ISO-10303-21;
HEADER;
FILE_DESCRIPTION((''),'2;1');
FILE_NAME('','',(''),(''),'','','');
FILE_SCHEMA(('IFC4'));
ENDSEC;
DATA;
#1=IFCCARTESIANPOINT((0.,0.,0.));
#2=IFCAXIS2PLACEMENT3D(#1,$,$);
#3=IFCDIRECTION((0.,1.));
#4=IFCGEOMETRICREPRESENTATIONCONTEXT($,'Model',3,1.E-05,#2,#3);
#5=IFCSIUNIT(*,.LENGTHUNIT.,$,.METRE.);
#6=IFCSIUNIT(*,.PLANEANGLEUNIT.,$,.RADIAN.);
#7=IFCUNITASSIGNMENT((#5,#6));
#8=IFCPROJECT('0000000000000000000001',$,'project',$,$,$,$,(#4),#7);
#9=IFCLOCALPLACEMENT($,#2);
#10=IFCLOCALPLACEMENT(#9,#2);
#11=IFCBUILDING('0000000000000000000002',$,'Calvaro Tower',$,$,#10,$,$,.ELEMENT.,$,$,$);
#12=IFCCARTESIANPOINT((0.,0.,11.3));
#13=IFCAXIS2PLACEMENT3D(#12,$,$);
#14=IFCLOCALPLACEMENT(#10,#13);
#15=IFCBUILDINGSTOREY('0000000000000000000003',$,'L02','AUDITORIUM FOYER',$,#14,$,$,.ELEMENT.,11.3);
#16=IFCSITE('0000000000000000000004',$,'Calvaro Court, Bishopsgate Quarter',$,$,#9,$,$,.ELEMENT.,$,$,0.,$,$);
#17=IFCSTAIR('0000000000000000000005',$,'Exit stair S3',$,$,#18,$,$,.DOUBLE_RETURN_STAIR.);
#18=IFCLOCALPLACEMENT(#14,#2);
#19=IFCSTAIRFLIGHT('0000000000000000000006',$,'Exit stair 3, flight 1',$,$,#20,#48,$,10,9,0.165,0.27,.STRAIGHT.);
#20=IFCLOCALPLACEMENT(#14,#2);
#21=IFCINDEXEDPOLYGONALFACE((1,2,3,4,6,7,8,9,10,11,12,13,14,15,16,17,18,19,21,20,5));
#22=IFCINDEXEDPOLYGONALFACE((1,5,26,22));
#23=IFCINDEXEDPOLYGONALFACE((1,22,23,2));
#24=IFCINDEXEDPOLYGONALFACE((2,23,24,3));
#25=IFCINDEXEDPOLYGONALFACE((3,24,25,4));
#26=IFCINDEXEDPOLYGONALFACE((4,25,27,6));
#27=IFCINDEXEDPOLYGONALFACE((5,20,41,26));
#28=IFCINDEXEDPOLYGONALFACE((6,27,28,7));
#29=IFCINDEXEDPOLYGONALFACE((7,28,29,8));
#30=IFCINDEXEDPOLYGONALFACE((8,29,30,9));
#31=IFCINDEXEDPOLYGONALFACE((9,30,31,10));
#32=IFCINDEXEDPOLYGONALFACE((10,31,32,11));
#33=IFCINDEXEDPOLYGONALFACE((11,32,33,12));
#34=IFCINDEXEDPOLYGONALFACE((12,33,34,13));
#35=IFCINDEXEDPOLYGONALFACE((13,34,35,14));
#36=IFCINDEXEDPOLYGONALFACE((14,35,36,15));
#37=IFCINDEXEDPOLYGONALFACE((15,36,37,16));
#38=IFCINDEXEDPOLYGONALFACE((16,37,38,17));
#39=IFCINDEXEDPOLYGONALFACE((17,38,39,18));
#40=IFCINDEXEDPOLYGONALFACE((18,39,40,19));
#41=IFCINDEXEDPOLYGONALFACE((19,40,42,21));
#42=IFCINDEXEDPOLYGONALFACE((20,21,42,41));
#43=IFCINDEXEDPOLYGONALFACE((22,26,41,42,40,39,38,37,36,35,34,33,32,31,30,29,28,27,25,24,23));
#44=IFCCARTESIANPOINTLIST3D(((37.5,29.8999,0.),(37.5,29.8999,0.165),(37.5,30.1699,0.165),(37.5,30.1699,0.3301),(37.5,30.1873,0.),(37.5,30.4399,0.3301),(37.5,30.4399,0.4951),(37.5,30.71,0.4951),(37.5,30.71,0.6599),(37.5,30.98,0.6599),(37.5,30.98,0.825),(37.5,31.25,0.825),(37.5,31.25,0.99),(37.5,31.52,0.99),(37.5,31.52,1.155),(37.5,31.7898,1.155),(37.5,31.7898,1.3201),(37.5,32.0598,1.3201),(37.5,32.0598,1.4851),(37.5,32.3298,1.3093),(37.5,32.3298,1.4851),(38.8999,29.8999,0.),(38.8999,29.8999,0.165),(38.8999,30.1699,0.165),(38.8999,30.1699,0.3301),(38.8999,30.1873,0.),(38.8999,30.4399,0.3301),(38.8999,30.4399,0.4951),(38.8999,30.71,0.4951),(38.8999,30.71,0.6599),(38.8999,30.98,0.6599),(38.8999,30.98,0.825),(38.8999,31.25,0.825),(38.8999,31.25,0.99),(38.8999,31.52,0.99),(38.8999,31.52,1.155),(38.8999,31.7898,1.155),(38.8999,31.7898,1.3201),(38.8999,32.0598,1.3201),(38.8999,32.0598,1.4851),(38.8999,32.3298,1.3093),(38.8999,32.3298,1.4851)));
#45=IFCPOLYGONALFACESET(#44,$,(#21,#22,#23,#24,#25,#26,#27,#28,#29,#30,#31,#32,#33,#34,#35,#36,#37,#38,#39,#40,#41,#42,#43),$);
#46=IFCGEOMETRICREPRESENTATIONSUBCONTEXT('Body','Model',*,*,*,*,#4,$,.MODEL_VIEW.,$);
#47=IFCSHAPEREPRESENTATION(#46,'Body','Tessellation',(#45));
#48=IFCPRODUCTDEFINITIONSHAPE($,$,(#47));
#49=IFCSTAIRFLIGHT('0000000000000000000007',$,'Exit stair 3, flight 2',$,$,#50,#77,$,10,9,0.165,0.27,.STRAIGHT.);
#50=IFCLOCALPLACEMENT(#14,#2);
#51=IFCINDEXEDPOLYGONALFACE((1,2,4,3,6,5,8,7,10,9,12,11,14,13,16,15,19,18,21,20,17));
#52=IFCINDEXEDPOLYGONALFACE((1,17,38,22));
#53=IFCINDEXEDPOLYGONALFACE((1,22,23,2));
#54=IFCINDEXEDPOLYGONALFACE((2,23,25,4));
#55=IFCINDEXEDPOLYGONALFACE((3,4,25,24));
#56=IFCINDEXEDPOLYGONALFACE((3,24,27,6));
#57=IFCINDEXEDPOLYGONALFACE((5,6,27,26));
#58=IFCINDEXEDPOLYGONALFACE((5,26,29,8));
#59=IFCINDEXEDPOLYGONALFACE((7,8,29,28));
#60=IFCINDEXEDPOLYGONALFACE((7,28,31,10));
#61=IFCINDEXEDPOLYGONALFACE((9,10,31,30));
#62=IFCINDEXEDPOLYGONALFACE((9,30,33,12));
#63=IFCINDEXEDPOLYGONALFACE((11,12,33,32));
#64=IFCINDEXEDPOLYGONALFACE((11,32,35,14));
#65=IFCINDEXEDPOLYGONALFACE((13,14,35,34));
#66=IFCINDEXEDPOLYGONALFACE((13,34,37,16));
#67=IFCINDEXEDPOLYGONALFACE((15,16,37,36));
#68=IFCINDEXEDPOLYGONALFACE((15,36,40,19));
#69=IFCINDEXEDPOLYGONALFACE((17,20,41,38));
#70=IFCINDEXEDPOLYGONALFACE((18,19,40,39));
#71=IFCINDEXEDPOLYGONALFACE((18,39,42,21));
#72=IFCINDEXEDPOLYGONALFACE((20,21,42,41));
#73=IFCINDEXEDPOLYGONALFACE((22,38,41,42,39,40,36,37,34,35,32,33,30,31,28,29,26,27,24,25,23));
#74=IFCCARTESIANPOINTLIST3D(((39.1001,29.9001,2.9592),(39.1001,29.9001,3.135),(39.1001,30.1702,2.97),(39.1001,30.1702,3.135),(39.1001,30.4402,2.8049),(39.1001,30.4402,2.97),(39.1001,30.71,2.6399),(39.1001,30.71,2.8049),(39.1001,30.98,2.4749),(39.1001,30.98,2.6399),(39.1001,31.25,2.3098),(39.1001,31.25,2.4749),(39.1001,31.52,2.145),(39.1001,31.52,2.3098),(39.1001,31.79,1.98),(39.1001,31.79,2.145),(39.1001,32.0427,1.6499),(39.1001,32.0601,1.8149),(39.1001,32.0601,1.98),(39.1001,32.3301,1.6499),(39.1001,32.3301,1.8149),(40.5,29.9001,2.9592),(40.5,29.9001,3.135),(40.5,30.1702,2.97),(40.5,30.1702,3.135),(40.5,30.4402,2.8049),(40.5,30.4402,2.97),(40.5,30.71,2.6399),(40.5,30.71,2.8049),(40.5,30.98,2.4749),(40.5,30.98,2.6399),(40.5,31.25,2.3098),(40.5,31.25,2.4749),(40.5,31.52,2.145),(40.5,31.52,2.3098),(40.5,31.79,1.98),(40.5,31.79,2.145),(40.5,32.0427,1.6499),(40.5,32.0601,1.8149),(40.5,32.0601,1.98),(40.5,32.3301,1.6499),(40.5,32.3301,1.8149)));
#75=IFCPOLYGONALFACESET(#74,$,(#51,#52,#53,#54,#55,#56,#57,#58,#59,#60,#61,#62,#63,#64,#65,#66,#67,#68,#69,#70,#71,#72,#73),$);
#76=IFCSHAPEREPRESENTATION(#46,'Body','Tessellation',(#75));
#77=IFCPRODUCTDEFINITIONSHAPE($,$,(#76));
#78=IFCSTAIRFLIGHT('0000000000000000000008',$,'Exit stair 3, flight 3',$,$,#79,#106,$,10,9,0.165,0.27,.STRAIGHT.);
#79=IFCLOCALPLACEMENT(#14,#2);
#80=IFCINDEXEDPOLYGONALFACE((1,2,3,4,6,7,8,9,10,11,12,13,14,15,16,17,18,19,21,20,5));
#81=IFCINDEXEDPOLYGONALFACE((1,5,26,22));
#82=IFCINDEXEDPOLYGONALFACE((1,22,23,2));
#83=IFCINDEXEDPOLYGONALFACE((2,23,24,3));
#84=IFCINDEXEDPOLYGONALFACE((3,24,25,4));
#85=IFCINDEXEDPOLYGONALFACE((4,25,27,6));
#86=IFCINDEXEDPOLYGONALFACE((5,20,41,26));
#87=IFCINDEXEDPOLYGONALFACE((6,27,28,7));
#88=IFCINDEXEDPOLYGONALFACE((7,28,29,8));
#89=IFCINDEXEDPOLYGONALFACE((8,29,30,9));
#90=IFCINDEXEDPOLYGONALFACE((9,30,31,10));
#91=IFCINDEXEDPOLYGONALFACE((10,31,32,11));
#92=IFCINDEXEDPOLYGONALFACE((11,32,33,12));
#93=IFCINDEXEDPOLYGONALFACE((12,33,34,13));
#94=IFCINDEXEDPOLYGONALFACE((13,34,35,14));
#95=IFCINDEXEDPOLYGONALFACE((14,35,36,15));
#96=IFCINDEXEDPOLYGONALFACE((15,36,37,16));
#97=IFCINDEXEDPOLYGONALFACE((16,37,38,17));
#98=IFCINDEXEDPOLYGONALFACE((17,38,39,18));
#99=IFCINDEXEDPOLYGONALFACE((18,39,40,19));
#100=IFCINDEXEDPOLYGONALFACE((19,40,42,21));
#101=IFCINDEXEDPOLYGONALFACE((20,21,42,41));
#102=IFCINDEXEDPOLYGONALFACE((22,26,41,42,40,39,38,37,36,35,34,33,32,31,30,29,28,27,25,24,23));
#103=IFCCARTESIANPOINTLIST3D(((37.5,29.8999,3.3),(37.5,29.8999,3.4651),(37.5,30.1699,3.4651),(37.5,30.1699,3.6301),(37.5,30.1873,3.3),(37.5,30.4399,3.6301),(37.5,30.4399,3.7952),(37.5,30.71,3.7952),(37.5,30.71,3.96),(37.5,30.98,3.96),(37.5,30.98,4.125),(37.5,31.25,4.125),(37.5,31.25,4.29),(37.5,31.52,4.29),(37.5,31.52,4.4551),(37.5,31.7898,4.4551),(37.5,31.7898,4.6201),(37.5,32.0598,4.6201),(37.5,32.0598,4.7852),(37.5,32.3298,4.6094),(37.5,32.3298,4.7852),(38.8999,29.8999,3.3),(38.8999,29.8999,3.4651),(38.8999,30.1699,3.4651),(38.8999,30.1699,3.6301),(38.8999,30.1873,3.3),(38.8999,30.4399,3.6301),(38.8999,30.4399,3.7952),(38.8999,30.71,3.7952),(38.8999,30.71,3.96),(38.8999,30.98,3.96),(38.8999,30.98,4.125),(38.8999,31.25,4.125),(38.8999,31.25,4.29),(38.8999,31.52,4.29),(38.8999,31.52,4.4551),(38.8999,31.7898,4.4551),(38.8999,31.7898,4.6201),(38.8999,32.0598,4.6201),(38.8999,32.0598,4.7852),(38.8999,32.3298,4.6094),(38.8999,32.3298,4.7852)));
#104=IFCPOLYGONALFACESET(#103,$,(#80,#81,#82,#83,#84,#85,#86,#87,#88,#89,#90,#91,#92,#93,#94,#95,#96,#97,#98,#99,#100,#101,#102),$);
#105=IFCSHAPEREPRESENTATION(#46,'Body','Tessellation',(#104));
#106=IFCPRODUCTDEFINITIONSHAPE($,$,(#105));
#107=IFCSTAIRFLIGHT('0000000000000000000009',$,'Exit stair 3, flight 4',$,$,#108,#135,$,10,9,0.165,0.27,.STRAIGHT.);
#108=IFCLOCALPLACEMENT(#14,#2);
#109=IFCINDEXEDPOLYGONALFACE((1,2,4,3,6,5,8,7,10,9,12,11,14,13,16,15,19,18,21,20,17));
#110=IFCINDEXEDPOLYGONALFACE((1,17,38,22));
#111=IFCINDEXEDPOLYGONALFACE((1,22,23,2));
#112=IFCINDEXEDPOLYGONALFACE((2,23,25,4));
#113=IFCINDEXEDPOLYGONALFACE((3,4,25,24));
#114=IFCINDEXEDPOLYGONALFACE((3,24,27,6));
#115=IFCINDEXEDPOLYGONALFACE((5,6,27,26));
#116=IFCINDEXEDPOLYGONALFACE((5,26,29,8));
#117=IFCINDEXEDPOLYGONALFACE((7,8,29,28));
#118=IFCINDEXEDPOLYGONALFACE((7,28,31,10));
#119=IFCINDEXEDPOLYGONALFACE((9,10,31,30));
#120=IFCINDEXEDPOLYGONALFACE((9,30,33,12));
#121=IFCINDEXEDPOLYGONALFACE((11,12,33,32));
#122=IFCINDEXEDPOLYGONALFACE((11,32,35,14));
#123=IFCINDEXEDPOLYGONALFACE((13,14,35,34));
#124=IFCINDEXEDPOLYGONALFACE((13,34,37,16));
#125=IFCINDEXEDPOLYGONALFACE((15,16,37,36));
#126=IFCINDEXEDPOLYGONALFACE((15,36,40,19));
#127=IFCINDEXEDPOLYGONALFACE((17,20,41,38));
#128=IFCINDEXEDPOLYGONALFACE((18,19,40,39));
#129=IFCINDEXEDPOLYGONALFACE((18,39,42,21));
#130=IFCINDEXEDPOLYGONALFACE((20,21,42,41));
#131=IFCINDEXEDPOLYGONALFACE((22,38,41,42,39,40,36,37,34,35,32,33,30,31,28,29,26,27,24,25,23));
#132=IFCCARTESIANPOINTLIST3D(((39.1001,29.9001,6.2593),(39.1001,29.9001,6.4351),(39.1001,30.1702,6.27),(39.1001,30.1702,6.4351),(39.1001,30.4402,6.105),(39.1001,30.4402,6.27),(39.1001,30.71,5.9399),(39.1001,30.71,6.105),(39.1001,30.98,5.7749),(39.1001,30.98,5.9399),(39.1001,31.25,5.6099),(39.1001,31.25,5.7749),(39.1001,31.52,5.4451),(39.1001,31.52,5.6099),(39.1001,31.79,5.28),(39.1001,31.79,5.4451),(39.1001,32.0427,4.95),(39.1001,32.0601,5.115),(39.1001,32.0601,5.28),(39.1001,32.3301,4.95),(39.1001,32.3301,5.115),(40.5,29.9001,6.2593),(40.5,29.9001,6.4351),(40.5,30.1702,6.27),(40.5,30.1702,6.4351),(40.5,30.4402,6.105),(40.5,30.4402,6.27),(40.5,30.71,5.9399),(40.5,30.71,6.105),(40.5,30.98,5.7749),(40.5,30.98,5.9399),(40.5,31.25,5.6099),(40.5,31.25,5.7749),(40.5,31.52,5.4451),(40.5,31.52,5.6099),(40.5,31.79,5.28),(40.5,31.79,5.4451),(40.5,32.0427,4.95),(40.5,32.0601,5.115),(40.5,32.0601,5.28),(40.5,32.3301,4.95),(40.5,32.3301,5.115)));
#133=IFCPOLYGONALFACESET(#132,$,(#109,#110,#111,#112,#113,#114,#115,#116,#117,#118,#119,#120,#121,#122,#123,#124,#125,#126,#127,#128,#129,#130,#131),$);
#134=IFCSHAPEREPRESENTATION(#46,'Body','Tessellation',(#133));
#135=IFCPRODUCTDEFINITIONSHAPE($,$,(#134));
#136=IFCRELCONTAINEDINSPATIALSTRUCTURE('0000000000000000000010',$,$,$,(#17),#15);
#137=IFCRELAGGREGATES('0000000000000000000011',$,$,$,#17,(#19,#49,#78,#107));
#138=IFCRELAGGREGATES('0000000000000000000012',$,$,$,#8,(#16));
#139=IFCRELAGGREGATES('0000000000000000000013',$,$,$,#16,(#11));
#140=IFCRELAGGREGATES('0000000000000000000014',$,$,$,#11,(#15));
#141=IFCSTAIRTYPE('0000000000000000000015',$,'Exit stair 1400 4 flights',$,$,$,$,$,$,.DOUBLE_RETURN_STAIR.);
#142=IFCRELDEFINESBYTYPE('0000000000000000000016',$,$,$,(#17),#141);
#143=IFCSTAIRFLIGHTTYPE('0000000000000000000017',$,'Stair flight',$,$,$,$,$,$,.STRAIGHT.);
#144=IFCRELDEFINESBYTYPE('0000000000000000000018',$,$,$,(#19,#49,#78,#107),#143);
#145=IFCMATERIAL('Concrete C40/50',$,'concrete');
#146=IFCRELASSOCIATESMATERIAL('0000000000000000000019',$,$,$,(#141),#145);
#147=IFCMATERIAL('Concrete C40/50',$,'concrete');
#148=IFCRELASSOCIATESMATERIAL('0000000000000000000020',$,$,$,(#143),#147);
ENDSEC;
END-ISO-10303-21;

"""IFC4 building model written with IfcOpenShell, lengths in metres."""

from ifc_helpers import new_model, si_unit, direction, frame, origin, place, context, subcontext, project, spatial, polyline, outline, extrude, material, type_object, element, aggregate, save


model = new_model("IFC4")

# Units and contexts
model_context = context("Model", 3, precision=1e-05, world=origin(), true_north=direction((0.0, 1.0)))
body_context = subcontext(model_context, "Body", "Model", "MODEL_VIEW")
ifc_project = project(units=[si_unit("LENGTHUNIT", "METRE"), si_unit("PLANEANGLEUNIT", "RADIAN")], contexts=[model_context])

# Site, building, storey
site_placement = place(None, origin())
site = spatial("IfcSite", under=ifc_project, at=site_placement, Name="Calvaro Court, Bishopsgate Quarter", CompositionType="ELEMENT", RefElevation=0.0)
building_placement = place(site_placement, origin())
building = spatial("IfcBuilding", under=site, at=building_placement, Name="Calvaro Tower", CompositionType="ELEMENT")
storey_placement = place(building_placement, frame((0.0, 0.0, 11.3)))
storey = spatial("IfcBuildingStorey", under=building, at=storey_placement, Name="L02", Description="AUDITORIUM FOYER", CompositionType="ELEMENT", Elevation=11.3)

# Stair, stair flights
ifc_material_1 = material(Name="Concrete C40/50", Category="concrete")
stair_type = type_object("IfcStairType", Name="Exit stair 1400 4 flights", PredefinedType="DOUBLE_RETURN_STAIR", material=ifc_material_1)
stair_placement = place(storey_placement, origin())
stair = element("IfcStair", 1, at=stair_placement, inside=storey, type_object=stair_type, Name="Exit stair S3", PredefinedType="DOUBLE_RETURN_STAIR")
ifc_material_2 = material(Name="Concrete C40/50", Category="concrete")
stair_flight_type = type_object("IfcStairFlightType", Name="Stair flight", PredefinedType="STRAIGHT", material=ifc_material_2)
stair_flight_1_placement = place(storey_placement, frame((38.2, 29.8999, 0.0), z_axis=(0.0, 0.0, 1.0), x_axis=(0.0, 1.0, 0.0)))
stair_flight_1 = element("IfcStairFlight", 2, at=stair_flight_1_placement, type_object=stair_flight_type, Name="Exit stair 3, flight 1", NumberOfRisers=10, NumberOfTreads=9, PredefinedType="STRAIGHT", RiserHeight=0.165, TreadLength=0.27, context=body_context, shape_type="SweptSolid", body=[
    extrude(outline(polyline([(0.0, 0.0), (0.0, 0.165), (0.27, 0.165), (0.27, 0.3301), (0.54, 0.3301), (0.54, 0.4951), (0.8101, 0.4951), (0.8101, 0.6599), (1.0801, 0.6599), (1.0801, 0.825), (1.3501, 0.825), (1.3501, 0.99), (1.6201, 0.99), (1.6201, 1.155), (1.8899, 1.155), (1.8899, 1.3201), (2.1599, 1.3201), (2.1599, 1.4851), (2.4299, 1.4851), (2.4299, 1.6499), (2.4299, 1.3093), (0.2874, 0.0), (0.0, 0.0)])), frame((0.0, 0.7, 0.0), z_axis=(0.0, -1.0, 0.0), x_axis=(1.0, 0.0, 0.0)), (0.0, 0.0, 1.0), 1.3999),
])
stair_flight_2_placement = place(storey_placement, frame((39.8, 32.3301, 1.6499), z_axis=(0.0, 0.0, 1.0), x_axis=(0.0, -1.0, 0.0)))
stair_flight_2 = element("IfcStairFlight", 3, at=stair_flight_2_placement, type_object=stair_flight_type, Name="Exit stair 3, flight 2", NumberOfRisers=10, NumberOfTreads=9, PredefinedType="STRAIGHT", RiserHeight=0.165, TreadLength=0.27, context=body_context, shape_type="SweptSolid", body=[
    extrude(outline(polyline([(0.0, 0.0), (0.0, 0.165), (0.27, 0.165), (0.27, 0.3301), (0.54, 0.3301), (0.54, 0.4951), (0.8101, 0.4951), (0.8101, 0.6599), (1.0801, 0.6599), (1.0801, 0.825), (1.3501, 0.825), (1.3501, 0.99), (1.6201, 0.99), (1.6201, 1.155), (1.8899, 1.155), (1.8899, 1.3201), (2.1599, 1.3201), (2.1599, 1.4851), (2.4299, 1.4851), (2.4299, 1.6499), (2.4299, 1.3093), (0.2874, 0.0), (0.0, 0.0)])), frame((0.0, 0.7, 0.0), z_axis=(0.0, -1.0, 0.0), x_axis=(1.0, 0.0, 0.0)), (0.0, 0.0, 1.0), 1.3999),
])
stair_flight_3_placement = place(storey_placement, frame((38.2, 29.8999, 3.3), z_axis=(0.0, 0.0, 1.0), x_axis=(0.0, 1.0, 0.0)))
stair_flight_3 = element("IfcStairFlight", 4, at=stair_flight_3_placement, type_object=stair_flight_type, Name="Exit stair 3, flight 3", NumberOfRisers=10, NumberOfTreads=9, PredefinedType="STRAIGHT", RiserHeight=0.165, TreadLength=0.27, context=body_context, shape_type="SweptSolid", body=[
    extrude(outline(polyline([(0.0, 0.0), (0.0, 0.165), (0.27, 0.165), (0.27, 0.3301), (0.54, 0.3301), (0.54, 0.4951), (0.8101, 0.4951), (0.8101, 0.6599), (1.0801, 0.6599), (1.0801, 0.825), (1.3501, 0.825), (1.3501, 0.99), (1.6201, 0.99), (1.6201, 1.155), (1.8899, 1.155), (1.8899, 1.3201), (2.1599, 1.3201), (2.1599, 1.4851), (2.4299, 1.4851), (2.4299, 1.6499), (2.4299, 1.3093), (0.2874, 0.0), (0.0, 0.0)])), frame((0.0, 0.7, 0.0), z_axis=(0.0, -1.0, 0.0), x_axis=(1.0, 0.0, 0.0)), (0.0, 0.0, 1.0), 1.3999),
])
stair_flight_4_placement = place(storey_placement, frame((39.8, 32.3301, 4.95), z_axis=(0.0, 0.0, 1.0), x_axis=(0.0, -1.0, 0.0)))
stair_flight_4 = element("IfcStairFlight", 5, at=stair_flight_4_placement, type_object=stair_flight_type, Name="Exit stair 3, flight 4", NumberOfRisers=10, NumberOfTreads=9, PredefinedType="STRAIGHT", RiserHeight=0.165, TreadLength=0.27, context=body_context, shape_type="SweptSolid", body=[
    extrude(outline(polyline([(0.0, 0.0), (0.0, 0.165), (0.27, 0.165), (0.27, 0.3301), (0.54, 0.3301), (0.54, 0.4951), (0.8101, 0.4951), (0.8101, 0.6599), (1.0801, 0.6599), (1.0801, 0.825), (1.3501, 0.825), (1.3501, 0.99), (1.6201, 0.99), (1.6201, 1.155), (1.8899, 1.155), (1.8899, 1.3201), (2.1599, 1.3201), (2.1599, 1.4851), (2.4299, 1.4851), (2.4299, 1.6499), (2.4299, 1.3093), (0.2874, 0.0), (0.0, 0.0)])), frame((0.0, 0.7, 0.0), z_axis=(0.0, -1.0, 0.0), x_axis=(1.0, 0.0, 0.0)), (0.0, 0.0, 1.0), 1.3999),
])
aggregate(stair, [stair_flight_1, stair_flight_2, stair_flight_3, stair_flight_4])

save(model, "model.ifc")
